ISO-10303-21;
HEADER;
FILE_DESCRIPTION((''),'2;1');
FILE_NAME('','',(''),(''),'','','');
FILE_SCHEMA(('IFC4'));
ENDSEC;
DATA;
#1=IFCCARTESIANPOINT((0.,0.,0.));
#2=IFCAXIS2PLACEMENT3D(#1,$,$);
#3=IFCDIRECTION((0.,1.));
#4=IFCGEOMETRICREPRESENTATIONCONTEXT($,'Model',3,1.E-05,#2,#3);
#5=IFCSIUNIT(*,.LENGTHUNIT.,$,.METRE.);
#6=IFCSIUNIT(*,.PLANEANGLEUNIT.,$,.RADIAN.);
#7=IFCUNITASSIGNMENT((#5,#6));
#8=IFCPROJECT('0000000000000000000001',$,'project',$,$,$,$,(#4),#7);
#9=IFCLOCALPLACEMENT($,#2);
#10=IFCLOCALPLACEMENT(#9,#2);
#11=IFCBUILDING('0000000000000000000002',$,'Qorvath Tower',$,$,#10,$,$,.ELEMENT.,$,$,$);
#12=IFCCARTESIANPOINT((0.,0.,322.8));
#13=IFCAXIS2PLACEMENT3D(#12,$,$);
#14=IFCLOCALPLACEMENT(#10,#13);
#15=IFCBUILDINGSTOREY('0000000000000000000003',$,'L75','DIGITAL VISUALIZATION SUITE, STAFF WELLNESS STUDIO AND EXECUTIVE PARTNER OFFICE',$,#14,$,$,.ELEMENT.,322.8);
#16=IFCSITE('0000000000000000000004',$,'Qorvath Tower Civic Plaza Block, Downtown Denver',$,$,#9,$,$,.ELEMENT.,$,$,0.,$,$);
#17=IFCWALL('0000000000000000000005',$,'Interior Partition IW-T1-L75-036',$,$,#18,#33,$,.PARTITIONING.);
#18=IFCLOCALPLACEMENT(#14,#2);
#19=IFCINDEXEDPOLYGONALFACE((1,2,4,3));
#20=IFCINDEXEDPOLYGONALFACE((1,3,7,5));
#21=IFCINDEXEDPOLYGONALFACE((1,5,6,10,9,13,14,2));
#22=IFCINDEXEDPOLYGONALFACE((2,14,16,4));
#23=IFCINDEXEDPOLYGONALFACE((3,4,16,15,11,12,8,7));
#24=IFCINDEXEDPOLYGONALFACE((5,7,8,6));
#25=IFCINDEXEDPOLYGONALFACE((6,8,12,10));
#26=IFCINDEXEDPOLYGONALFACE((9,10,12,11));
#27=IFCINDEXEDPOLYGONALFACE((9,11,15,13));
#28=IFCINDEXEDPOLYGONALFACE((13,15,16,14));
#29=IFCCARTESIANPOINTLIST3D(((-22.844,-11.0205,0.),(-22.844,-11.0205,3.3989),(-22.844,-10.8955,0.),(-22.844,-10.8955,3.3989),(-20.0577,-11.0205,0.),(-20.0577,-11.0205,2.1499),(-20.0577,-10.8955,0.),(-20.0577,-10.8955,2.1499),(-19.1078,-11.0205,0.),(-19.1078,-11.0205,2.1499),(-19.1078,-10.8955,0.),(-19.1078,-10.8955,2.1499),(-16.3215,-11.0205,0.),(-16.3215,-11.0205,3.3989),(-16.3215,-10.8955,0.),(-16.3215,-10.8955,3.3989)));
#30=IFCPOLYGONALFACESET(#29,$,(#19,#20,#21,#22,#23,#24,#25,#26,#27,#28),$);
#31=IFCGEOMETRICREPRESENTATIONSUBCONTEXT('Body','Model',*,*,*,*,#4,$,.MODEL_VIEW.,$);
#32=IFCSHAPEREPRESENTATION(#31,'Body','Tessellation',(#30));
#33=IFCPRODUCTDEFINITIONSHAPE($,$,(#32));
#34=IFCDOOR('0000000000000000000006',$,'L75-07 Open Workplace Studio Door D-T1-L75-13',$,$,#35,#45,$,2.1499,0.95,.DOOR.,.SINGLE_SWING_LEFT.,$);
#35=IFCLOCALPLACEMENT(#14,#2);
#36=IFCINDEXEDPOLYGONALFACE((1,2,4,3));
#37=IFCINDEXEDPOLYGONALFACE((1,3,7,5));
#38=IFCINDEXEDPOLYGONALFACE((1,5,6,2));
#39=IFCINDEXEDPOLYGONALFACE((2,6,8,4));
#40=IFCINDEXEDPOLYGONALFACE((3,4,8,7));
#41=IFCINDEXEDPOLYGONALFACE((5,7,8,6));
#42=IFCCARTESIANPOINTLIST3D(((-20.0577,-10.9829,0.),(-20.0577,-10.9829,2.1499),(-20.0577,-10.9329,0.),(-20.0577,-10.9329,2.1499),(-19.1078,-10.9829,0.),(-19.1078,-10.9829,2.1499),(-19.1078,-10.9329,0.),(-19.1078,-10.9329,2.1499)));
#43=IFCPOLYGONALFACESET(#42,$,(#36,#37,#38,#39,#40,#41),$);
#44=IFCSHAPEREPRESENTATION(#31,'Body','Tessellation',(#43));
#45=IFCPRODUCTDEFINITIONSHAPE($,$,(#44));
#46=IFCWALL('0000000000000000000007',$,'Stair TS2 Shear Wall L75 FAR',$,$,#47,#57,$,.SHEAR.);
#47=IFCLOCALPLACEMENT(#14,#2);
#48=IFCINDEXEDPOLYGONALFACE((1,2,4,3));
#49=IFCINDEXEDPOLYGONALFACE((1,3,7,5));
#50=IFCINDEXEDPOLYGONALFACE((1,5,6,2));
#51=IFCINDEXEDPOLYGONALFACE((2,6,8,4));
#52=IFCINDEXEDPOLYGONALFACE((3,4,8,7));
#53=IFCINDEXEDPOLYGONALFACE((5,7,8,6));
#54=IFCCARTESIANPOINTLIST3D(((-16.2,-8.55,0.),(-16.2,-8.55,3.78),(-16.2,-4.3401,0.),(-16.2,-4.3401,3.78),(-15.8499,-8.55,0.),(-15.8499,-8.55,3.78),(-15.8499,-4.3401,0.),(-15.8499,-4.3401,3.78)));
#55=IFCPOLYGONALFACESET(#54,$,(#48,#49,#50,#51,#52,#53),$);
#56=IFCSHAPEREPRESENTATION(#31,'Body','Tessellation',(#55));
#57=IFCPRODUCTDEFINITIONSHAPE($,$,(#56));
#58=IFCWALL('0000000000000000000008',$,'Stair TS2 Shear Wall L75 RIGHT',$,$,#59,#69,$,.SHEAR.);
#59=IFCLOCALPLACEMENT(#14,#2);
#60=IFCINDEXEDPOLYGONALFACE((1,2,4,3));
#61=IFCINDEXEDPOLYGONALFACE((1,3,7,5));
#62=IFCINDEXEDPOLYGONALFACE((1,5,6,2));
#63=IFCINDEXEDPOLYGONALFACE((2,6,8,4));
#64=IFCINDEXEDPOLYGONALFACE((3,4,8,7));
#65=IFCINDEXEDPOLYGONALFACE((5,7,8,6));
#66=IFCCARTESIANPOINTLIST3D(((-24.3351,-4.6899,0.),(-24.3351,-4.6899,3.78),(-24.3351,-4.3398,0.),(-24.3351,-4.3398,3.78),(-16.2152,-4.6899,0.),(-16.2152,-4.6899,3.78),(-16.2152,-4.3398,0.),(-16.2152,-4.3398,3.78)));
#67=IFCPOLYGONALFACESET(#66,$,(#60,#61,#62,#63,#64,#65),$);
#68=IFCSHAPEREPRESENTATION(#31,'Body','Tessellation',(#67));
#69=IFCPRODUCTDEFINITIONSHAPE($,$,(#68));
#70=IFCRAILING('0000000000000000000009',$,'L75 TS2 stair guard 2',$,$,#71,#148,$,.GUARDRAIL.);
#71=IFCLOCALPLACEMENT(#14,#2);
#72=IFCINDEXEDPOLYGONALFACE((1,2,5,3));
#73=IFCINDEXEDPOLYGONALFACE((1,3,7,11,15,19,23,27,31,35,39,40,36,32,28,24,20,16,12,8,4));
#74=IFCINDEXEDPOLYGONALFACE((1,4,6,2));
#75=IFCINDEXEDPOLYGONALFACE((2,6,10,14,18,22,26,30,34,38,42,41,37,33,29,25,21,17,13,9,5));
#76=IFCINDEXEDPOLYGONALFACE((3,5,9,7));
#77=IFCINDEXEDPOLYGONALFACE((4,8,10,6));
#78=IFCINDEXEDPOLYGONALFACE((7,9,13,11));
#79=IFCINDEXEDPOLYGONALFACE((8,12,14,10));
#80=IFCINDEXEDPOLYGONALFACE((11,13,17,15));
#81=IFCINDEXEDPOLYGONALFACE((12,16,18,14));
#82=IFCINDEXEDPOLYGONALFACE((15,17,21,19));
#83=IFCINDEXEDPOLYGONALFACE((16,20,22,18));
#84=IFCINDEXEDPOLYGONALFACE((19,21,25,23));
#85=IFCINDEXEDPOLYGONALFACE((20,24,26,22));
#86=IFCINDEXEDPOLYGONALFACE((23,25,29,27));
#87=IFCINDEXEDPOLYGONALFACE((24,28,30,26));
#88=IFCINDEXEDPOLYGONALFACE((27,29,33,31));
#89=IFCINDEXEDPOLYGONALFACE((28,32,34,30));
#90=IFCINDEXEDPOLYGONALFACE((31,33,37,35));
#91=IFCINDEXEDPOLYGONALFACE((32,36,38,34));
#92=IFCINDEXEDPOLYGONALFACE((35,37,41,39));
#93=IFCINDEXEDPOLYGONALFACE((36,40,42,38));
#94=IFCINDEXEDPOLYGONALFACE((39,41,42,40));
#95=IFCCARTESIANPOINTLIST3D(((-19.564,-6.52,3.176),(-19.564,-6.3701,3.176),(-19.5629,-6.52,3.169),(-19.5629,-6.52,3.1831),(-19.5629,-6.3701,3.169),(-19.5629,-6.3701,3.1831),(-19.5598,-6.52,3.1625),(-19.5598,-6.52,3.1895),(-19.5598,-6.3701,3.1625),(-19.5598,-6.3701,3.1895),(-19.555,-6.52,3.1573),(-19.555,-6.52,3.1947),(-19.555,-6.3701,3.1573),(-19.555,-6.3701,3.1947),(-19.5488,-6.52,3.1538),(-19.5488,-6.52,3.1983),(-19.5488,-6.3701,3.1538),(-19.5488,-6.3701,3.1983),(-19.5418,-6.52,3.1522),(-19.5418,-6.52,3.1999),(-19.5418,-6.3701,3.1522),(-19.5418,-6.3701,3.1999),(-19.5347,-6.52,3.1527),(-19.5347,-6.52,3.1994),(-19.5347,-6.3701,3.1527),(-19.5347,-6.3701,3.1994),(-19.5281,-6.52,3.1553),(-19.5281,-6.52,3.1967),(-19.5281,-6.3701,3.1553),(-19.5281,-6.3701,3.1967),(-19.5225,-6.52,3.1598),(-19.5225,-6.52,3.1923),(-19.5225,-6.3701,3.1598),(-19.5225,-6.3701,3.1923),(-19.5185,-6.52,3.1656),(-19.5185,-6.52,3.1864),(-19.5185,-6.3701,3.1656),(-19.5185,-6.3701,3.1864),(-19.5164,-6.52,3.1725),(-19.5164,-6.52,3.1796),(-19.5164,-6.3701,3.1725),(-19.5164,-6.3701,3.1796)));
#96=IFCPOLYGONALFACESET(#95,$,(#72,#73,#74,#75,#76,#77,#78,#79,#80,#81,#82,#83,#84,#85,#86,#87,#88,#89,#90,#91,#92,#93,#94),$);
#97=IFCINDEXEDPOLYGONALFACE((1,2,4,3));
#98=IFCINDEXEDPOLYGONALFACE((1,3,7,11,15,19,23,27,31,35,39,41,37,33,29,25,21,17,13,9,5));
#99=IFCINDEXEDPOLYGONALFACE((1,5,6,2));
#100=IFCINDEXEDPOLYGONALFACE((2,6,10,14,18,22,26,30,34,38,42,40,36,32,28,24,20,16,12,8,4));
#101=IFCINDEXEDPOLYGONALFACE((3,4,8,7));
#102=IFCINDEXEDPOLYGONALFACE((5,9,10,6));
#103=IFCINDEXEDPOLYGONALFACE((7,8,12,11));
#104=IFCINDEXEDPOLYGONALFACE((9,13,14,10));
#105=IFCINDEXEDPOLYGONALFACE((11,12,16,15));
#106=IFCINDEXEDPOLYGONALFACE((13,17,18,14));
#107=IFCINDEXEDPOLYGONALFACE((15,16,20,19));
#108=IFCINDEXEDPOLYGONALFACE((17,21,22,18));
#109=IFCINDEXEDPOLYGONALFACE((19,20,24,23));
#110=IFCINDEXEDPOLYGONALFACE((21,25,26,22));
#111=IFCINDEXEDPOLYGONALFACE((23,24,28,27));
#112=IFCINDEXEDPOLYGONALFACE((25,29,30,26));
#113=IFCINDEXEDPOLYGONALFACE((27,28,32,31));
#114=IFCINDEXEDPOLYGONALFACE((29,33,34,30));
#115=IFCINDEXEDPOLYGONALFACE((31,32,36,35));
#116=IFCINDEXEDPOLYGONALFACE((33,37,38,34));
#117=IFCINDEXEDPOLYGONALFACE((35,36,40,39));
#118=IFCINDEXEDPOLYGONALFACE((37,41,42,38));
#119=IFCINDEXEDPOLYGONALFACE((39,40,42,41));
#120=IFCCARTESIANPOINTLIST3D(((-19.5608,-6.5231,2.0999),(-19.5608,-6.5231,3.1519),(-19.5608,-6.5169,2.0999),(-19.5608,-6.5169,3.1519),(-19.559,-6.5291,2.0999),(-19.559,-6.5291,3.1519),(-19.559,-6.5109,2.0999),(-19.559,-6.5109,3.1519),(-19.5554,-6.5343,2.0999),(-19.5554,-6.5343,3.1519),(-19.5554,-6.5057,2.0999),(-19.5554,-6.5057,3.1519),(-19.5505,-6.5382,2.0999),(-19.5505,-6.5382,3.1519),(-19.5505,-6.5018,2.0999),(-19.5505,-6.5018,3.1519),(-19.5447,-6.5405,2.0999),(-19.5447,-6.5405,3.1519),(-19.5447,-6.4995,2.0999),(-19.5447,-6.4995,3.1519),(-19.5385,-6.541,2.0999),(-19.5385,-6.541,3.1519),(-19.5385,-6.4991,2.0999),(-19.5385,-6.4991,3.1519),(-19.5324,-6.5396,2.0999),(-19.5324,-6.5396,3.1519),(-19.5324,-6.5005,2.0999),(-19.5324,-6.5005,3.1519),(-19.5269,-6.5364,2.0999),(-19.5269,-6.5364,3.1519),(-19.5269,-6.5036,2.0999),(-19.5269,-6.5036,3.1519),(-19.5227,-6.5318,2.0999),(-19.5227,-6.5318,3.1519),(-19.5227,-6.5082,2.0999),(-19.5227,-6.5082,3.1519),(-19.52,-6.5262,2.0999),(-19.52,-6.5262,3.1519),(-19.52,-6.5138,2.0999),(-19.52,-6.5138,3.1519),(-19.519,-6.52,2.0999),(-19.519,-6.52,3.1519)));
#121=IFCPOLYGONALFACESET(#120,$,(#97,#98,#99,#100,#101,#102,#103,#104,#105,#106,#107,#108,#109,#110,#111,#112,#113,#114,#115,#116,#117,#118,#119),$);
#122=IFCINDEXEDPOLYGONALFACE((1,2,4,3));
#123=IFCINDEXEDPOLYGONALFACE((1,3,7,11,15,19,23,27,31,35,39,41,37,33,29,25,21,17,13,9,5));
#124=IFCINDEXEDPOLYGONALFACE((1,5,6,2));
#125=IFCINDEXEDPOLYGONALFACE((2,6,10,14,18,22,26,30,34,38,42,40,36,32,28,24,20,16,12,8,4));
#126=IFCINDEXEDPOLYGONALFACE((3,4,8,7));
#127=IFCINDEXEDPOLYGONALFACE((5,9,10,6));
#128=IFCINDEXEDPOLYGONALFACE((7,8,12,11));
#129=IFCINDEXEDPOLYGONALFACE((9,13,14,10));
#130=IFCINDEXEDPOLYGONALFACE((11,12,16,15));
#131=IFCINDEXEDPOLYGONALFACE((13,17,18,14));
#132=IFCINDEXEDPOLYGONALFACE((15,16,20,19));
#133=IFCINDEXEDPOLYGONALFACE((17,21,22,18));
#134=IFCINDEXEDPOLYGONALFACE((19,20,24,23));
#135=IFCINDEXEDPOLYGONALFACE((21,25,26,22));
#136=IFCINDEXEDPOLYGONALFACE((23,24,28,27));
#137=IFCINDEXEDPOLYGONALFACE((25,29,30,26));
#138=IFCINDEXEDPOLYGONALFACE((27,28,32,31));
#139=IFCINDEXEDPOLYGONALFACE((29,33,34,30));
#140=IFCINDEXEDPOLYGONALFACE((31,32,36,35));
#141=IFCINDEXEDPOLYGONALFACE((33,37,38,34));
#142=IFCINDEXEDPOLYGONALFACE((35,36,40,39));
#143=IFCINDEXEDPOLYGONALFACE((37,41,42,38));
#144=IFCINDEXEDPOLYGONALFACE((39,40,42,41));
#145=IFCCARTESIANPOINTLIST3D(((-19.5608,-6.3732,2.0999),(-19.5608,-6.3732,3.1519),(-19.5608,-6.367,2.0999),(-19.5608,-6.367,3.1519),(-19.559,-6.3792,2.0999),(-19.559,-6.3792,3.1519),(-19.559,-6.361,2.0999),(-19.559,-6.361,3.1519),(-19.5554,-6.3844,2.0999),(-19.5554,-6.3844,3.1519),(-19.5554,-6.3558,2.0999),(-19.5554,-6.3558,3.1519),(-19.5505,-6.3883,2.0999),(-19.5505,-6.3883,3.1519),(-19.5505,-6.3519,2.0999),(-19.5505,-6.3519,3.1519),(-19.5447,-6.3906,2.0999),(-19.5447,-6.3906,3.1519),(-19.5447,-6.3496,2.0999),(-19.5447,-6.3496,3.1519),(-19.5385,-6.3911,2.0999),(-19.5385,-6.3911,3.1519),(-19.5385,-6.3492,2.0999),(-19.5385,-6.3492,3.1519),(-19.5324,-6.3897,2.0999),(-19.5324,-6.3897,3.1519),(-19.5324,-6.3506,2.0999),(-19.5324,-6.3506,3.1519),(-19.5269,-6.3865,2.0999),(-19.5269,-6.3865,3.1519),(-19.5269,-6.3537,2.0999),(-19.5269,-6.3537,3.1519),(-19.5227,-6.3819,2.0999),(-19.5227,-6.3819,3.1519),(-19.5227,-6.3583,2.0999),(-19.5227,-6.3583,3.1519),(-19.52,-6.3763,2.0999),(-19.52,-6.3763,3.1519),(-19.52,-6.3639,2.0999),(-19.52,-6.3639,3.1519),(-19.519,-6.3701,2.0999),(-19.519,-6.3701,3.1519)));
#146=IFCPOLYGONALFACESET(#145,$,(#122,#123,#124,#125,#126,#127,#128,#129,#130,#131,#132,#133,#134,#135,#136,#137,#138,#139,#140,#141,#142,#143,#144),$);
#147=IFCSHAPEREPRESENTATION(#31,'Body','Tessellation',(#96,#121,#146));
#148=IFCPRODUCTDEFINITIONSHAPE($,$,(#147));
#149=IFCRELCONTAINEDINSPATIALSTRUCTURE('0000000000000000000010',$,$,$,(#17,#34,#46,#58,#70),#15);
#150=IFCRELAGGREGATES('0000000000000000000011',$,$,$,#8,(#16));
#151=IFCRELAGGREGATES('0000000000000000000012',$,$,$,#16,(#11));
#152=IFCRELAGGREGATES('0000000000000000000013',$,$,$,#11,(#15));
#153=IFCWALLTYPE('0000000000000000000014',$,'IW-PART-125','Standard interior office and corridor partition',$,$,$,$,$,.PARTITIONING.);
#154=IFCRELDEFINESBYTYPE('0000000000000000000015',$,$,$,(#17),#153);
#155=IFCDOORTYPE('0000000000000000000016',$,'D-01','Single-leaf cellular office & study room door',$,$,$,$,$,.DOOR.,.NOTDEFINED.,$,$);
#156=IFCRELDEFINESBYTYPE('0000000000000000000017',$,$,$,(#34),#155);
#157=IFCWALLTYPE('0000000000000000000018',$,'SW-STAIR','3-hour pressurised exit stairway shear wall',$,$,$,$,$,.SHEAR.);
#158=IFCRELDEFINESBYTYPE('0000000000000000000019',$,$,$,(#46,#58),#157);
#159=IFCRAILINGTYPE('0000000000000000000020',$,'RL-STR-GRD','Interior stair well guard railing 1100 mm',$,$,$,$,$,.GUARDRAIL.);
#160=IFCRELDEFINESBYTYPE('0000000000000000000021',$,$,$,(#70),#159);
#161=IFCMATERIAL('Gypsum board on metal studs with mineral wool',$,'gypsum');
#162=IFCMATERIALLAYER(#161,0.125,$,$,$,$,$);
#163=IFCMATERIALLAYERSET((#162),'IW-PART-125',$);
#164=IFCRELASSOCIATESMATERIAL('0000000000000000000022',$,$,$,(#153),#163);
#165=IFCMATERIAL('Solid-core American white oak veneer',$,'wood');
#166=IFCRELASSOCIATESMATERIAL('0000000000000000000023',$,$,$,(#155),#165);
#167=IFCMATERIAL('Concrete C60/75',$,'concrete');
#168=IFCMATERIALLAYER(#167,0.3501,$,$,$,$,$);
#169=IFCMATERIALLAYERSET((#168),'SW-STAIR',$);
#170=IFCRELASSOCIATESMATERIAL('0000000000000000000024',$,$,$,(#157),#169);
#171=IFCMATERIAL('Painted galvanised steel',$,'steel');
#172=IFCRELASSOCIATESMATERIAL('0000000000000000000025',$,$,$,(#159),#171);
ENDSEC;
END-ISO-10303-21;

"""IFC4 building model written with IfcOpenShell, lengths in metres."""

from ifc_helpers import new_model, si_unit, direction, frame, frame_2d, origin, origin_2d, place, context, subcontext, project, spatial, rectangle, circle, extrude, material, layer, layer_set, type_object, element, fill, save


model = new_model("IFC4")

# Units and contexts
model_context = context("Model", 3, precision=1e-05, world=origin(), true_north=direction((0.0, 1.0)))
body_context = subcontext(model_context, "Body", "Model", "MODEL_VIEW")
ifc_project = project(units=[si_unit("LENGTHUNIT", "METRE"), si_unit("PLANEANGLEUNIT", "RADIAN")], contexts=[model_context])

# Site, building, storey
site_placement = place(None, origin())
site = spatial("IfcSite", under=ifc_project, at=site_placement, Name="Qorvath Tower Civic Plaza Block, Downtown Denver", CompositionType="ELEMENT", RefElevation=0.0)
building_placement = place(site_placement, origin())
building = spatial("IfcBuilding", under=site, at=building_placement, Name="Qorvath Tower", CompositionType="ELEMENT")
storey_placement = place(building_placement, frame((0.0, 0.0, 322.8)))
storey = spatial("IfcBuildingStorey", under=building, at=storey_placement, Name="L75", Description="DIGITAL VISUALIZATION SUITE, STAFF WELLNESS STUDIO AND EXECUTIVE PARTNER OFFICE", CompositionType="ELEMENT", Elevation=322.8)

# Wall, opening, door
ifc_material_1 = material(Name="Gypsum board on metal studs with mineral wool", Category="gypsum")
ifc_layer_1 = layer(ifc_material_1, 0.125)
ifc_layer_set_1 = layer_set([ifc_layer_1], Name="IW-PART-125")
wall_type_1 = type_object("IfcWallType", Name="IW-PART-125", Description="Standard interior office and corridor partition", PredefinedType="PARTITIONING", material=ifc_layer_set_1)
wall_1_placement = place(storey_placement, frame((-16.3215, -10.958, 0.0), z_axis=(0.0, 0.0, 1.0), x_axis=(-1.0, 0.0, 0.0)))
wall_1 = element("IfcWall", 1, at=wall_1_placement, inside=storey, type_object=wall_type_1, Name="Interior Partition IW-T1-L75-036", PredefinedType="PARTITIONING", context=body_context, shape_type="SweptSolid", body=[
    extrude(rectangle(XDim=6.5225, YDim=0.125, at=frame_2d((3.2612, 0.0))), origin(), (0.0, 0.0, 1.0), 3.3989),
])
opening_1_placement = place(wall_1_placement, frame((2.7861, 0.0, 0.0)))
opening_1 = element("IfcOpeningElement", 2, at=opening_1_placement, cuts=wall_1, PredefinedType="OPENING", context=body_context, shape_type="SweptSolid", body=[
    extrude(rectangle(XDim=0.95, YDim=2.1499, at=frame_2d((0.4751, 1.075))), frame((0.0, 0.0725, 0.0), z_axis=(0.0, -1.0, 0.0), x_axis=(1.0, 0.0, 0.0)), (0.0, 0.0, 1.0), 0.145),
])
ifc_material_2 = material(Name="Solid-core American white oak veneer", Category="wood")
door_type_1 = type_object("IfcDoorType", Name="D-01", Description="Single-leaf cellular office & study room door", OperationType="NOTDEFINED", PredefinedType="DOOR", material=ifc_material_2)
door_1_placement = place(opening_1_placement, origin())
door_1 = element("IfcDoor", 3, at=door_1_placement, inside=storey, type_object=door_type_1, Name="L75-07 Open Workplace Studio Door D-T1-L75-13", OperationType="SINGLE_SWING_LEFT", OverallHeight=2.1499, OverallWidth=0.95, PredefinedType="DOOR", context=body_context, shape_type="SweptSolid", body=[
    extrude(rectangle(XDim=0.95, YDim=2.1499, at=frame_2d((0.4751, 1.075))), frame((0.0, 0.0249, 0.0), z_axis=(0.0, -1.0, 0.0), x_axis=(1.0, 0.0, 0.0)), (0.0, 0.0, 1.0), 0.05),
])
fill(opening_1, door_1)

# Walls
ifc_material_3 = material(Name="Concrete C60/75", Category="concrete")
ifc_layer_2 = layer(ifc_material_3, 0.3501)
ifc_layer_set_2 = layer_set([ifc_layer_2], Name="SW-STAIR")
wall_type_2 = type_object("IfcWallType", Name="SW-STAIR", Description="3-hour pressurised exit stairway shear wall", PredefinedType="SHEAR", material=ifc_layer_set_2)
wall_2_placement = place(storey_placement, frame((-16.0249, -8.55, 0.0), z_axis=(0.0, 0.0, 1.0), x_axis=(0.0, 1.0, 0.0)))
element("IfcWall", 4, at=wall_2_placement, inside=storey, type_object=wall_type_2, Name="Stair TS2 Shear Wall L75 FAR", PredefinedType="SHEAR", context=body_context, shape_type="SweptSolid", body=[
    extrude(rectangle(XDim=4.21, YDim=0.3501, at=frame_2d((2.105, 0.0))), origin(), (0.0, 0.0, 1.0), 3.78),
])
wall_3_placement = place(storey_placement, frame((-16.2151, -4.5149, 0.0), z_axis=(0.0, 0.0, 1.0), x_axis=(-1.0, 0.0, 0.0)))
element("IfcWall", 5, at=wall_3_placement, inside=storey, type_object=wall_type_2, Name="Stair TS2 Shear Wall L75 RIGHT", PredefinedType="SHEAR", context=body_context, shape_type="SweptSolid", body=[
    extrude(rectangle(XDim=8.1199, YDim=0.3501, at=frame_2d((4.0601, 0.0))), origin(), (0.0, 0.0, 1.0), 3.78),
])

# Railing
ifc_material_4 = material(Name="Painted galvanised steel", Category="steel")
railing_type_1 = type_object("IfcRailingType", Name="RL-STR-GRD", Description="Interior stair well guard railing 1100 mm", PredefinedType="GUARDRAIL", material=ifc_material_4)
railing_1_placement = place(storey_placement, frame((-19.54, -6.52, 2.0999)))
element("IfcRailing", 6, at=railing_1_placement, inside=storey, type_object=railing_type_1, Name="L75 TS2 stair guard 2", PredefinedType="GUARDRAIL", context=body_context, shape_type="SweptSolid", body=[
    extrude(circle(Radius=0.0239, at=origin_2d()), frame((0.0, 0.0, 1.0762), z_axis=(0.0, 1.0, 0.0), x_axis=(-1.0, 0.0, 0.0)), (0.0, 0.0, 1.0), 0.1499),
    extrude(circle(Radius=0.021, at=origin_2d()), origin(), (0.0, 0.0, 1.0), 1.052),
    extrude(circle(Radius=0.021, at=origin_2d()), frame((0.0, 0.1499, 0.0)), (0.0, 0.0, 1.0), 1.052),
])

save(model, "model.ifc")
